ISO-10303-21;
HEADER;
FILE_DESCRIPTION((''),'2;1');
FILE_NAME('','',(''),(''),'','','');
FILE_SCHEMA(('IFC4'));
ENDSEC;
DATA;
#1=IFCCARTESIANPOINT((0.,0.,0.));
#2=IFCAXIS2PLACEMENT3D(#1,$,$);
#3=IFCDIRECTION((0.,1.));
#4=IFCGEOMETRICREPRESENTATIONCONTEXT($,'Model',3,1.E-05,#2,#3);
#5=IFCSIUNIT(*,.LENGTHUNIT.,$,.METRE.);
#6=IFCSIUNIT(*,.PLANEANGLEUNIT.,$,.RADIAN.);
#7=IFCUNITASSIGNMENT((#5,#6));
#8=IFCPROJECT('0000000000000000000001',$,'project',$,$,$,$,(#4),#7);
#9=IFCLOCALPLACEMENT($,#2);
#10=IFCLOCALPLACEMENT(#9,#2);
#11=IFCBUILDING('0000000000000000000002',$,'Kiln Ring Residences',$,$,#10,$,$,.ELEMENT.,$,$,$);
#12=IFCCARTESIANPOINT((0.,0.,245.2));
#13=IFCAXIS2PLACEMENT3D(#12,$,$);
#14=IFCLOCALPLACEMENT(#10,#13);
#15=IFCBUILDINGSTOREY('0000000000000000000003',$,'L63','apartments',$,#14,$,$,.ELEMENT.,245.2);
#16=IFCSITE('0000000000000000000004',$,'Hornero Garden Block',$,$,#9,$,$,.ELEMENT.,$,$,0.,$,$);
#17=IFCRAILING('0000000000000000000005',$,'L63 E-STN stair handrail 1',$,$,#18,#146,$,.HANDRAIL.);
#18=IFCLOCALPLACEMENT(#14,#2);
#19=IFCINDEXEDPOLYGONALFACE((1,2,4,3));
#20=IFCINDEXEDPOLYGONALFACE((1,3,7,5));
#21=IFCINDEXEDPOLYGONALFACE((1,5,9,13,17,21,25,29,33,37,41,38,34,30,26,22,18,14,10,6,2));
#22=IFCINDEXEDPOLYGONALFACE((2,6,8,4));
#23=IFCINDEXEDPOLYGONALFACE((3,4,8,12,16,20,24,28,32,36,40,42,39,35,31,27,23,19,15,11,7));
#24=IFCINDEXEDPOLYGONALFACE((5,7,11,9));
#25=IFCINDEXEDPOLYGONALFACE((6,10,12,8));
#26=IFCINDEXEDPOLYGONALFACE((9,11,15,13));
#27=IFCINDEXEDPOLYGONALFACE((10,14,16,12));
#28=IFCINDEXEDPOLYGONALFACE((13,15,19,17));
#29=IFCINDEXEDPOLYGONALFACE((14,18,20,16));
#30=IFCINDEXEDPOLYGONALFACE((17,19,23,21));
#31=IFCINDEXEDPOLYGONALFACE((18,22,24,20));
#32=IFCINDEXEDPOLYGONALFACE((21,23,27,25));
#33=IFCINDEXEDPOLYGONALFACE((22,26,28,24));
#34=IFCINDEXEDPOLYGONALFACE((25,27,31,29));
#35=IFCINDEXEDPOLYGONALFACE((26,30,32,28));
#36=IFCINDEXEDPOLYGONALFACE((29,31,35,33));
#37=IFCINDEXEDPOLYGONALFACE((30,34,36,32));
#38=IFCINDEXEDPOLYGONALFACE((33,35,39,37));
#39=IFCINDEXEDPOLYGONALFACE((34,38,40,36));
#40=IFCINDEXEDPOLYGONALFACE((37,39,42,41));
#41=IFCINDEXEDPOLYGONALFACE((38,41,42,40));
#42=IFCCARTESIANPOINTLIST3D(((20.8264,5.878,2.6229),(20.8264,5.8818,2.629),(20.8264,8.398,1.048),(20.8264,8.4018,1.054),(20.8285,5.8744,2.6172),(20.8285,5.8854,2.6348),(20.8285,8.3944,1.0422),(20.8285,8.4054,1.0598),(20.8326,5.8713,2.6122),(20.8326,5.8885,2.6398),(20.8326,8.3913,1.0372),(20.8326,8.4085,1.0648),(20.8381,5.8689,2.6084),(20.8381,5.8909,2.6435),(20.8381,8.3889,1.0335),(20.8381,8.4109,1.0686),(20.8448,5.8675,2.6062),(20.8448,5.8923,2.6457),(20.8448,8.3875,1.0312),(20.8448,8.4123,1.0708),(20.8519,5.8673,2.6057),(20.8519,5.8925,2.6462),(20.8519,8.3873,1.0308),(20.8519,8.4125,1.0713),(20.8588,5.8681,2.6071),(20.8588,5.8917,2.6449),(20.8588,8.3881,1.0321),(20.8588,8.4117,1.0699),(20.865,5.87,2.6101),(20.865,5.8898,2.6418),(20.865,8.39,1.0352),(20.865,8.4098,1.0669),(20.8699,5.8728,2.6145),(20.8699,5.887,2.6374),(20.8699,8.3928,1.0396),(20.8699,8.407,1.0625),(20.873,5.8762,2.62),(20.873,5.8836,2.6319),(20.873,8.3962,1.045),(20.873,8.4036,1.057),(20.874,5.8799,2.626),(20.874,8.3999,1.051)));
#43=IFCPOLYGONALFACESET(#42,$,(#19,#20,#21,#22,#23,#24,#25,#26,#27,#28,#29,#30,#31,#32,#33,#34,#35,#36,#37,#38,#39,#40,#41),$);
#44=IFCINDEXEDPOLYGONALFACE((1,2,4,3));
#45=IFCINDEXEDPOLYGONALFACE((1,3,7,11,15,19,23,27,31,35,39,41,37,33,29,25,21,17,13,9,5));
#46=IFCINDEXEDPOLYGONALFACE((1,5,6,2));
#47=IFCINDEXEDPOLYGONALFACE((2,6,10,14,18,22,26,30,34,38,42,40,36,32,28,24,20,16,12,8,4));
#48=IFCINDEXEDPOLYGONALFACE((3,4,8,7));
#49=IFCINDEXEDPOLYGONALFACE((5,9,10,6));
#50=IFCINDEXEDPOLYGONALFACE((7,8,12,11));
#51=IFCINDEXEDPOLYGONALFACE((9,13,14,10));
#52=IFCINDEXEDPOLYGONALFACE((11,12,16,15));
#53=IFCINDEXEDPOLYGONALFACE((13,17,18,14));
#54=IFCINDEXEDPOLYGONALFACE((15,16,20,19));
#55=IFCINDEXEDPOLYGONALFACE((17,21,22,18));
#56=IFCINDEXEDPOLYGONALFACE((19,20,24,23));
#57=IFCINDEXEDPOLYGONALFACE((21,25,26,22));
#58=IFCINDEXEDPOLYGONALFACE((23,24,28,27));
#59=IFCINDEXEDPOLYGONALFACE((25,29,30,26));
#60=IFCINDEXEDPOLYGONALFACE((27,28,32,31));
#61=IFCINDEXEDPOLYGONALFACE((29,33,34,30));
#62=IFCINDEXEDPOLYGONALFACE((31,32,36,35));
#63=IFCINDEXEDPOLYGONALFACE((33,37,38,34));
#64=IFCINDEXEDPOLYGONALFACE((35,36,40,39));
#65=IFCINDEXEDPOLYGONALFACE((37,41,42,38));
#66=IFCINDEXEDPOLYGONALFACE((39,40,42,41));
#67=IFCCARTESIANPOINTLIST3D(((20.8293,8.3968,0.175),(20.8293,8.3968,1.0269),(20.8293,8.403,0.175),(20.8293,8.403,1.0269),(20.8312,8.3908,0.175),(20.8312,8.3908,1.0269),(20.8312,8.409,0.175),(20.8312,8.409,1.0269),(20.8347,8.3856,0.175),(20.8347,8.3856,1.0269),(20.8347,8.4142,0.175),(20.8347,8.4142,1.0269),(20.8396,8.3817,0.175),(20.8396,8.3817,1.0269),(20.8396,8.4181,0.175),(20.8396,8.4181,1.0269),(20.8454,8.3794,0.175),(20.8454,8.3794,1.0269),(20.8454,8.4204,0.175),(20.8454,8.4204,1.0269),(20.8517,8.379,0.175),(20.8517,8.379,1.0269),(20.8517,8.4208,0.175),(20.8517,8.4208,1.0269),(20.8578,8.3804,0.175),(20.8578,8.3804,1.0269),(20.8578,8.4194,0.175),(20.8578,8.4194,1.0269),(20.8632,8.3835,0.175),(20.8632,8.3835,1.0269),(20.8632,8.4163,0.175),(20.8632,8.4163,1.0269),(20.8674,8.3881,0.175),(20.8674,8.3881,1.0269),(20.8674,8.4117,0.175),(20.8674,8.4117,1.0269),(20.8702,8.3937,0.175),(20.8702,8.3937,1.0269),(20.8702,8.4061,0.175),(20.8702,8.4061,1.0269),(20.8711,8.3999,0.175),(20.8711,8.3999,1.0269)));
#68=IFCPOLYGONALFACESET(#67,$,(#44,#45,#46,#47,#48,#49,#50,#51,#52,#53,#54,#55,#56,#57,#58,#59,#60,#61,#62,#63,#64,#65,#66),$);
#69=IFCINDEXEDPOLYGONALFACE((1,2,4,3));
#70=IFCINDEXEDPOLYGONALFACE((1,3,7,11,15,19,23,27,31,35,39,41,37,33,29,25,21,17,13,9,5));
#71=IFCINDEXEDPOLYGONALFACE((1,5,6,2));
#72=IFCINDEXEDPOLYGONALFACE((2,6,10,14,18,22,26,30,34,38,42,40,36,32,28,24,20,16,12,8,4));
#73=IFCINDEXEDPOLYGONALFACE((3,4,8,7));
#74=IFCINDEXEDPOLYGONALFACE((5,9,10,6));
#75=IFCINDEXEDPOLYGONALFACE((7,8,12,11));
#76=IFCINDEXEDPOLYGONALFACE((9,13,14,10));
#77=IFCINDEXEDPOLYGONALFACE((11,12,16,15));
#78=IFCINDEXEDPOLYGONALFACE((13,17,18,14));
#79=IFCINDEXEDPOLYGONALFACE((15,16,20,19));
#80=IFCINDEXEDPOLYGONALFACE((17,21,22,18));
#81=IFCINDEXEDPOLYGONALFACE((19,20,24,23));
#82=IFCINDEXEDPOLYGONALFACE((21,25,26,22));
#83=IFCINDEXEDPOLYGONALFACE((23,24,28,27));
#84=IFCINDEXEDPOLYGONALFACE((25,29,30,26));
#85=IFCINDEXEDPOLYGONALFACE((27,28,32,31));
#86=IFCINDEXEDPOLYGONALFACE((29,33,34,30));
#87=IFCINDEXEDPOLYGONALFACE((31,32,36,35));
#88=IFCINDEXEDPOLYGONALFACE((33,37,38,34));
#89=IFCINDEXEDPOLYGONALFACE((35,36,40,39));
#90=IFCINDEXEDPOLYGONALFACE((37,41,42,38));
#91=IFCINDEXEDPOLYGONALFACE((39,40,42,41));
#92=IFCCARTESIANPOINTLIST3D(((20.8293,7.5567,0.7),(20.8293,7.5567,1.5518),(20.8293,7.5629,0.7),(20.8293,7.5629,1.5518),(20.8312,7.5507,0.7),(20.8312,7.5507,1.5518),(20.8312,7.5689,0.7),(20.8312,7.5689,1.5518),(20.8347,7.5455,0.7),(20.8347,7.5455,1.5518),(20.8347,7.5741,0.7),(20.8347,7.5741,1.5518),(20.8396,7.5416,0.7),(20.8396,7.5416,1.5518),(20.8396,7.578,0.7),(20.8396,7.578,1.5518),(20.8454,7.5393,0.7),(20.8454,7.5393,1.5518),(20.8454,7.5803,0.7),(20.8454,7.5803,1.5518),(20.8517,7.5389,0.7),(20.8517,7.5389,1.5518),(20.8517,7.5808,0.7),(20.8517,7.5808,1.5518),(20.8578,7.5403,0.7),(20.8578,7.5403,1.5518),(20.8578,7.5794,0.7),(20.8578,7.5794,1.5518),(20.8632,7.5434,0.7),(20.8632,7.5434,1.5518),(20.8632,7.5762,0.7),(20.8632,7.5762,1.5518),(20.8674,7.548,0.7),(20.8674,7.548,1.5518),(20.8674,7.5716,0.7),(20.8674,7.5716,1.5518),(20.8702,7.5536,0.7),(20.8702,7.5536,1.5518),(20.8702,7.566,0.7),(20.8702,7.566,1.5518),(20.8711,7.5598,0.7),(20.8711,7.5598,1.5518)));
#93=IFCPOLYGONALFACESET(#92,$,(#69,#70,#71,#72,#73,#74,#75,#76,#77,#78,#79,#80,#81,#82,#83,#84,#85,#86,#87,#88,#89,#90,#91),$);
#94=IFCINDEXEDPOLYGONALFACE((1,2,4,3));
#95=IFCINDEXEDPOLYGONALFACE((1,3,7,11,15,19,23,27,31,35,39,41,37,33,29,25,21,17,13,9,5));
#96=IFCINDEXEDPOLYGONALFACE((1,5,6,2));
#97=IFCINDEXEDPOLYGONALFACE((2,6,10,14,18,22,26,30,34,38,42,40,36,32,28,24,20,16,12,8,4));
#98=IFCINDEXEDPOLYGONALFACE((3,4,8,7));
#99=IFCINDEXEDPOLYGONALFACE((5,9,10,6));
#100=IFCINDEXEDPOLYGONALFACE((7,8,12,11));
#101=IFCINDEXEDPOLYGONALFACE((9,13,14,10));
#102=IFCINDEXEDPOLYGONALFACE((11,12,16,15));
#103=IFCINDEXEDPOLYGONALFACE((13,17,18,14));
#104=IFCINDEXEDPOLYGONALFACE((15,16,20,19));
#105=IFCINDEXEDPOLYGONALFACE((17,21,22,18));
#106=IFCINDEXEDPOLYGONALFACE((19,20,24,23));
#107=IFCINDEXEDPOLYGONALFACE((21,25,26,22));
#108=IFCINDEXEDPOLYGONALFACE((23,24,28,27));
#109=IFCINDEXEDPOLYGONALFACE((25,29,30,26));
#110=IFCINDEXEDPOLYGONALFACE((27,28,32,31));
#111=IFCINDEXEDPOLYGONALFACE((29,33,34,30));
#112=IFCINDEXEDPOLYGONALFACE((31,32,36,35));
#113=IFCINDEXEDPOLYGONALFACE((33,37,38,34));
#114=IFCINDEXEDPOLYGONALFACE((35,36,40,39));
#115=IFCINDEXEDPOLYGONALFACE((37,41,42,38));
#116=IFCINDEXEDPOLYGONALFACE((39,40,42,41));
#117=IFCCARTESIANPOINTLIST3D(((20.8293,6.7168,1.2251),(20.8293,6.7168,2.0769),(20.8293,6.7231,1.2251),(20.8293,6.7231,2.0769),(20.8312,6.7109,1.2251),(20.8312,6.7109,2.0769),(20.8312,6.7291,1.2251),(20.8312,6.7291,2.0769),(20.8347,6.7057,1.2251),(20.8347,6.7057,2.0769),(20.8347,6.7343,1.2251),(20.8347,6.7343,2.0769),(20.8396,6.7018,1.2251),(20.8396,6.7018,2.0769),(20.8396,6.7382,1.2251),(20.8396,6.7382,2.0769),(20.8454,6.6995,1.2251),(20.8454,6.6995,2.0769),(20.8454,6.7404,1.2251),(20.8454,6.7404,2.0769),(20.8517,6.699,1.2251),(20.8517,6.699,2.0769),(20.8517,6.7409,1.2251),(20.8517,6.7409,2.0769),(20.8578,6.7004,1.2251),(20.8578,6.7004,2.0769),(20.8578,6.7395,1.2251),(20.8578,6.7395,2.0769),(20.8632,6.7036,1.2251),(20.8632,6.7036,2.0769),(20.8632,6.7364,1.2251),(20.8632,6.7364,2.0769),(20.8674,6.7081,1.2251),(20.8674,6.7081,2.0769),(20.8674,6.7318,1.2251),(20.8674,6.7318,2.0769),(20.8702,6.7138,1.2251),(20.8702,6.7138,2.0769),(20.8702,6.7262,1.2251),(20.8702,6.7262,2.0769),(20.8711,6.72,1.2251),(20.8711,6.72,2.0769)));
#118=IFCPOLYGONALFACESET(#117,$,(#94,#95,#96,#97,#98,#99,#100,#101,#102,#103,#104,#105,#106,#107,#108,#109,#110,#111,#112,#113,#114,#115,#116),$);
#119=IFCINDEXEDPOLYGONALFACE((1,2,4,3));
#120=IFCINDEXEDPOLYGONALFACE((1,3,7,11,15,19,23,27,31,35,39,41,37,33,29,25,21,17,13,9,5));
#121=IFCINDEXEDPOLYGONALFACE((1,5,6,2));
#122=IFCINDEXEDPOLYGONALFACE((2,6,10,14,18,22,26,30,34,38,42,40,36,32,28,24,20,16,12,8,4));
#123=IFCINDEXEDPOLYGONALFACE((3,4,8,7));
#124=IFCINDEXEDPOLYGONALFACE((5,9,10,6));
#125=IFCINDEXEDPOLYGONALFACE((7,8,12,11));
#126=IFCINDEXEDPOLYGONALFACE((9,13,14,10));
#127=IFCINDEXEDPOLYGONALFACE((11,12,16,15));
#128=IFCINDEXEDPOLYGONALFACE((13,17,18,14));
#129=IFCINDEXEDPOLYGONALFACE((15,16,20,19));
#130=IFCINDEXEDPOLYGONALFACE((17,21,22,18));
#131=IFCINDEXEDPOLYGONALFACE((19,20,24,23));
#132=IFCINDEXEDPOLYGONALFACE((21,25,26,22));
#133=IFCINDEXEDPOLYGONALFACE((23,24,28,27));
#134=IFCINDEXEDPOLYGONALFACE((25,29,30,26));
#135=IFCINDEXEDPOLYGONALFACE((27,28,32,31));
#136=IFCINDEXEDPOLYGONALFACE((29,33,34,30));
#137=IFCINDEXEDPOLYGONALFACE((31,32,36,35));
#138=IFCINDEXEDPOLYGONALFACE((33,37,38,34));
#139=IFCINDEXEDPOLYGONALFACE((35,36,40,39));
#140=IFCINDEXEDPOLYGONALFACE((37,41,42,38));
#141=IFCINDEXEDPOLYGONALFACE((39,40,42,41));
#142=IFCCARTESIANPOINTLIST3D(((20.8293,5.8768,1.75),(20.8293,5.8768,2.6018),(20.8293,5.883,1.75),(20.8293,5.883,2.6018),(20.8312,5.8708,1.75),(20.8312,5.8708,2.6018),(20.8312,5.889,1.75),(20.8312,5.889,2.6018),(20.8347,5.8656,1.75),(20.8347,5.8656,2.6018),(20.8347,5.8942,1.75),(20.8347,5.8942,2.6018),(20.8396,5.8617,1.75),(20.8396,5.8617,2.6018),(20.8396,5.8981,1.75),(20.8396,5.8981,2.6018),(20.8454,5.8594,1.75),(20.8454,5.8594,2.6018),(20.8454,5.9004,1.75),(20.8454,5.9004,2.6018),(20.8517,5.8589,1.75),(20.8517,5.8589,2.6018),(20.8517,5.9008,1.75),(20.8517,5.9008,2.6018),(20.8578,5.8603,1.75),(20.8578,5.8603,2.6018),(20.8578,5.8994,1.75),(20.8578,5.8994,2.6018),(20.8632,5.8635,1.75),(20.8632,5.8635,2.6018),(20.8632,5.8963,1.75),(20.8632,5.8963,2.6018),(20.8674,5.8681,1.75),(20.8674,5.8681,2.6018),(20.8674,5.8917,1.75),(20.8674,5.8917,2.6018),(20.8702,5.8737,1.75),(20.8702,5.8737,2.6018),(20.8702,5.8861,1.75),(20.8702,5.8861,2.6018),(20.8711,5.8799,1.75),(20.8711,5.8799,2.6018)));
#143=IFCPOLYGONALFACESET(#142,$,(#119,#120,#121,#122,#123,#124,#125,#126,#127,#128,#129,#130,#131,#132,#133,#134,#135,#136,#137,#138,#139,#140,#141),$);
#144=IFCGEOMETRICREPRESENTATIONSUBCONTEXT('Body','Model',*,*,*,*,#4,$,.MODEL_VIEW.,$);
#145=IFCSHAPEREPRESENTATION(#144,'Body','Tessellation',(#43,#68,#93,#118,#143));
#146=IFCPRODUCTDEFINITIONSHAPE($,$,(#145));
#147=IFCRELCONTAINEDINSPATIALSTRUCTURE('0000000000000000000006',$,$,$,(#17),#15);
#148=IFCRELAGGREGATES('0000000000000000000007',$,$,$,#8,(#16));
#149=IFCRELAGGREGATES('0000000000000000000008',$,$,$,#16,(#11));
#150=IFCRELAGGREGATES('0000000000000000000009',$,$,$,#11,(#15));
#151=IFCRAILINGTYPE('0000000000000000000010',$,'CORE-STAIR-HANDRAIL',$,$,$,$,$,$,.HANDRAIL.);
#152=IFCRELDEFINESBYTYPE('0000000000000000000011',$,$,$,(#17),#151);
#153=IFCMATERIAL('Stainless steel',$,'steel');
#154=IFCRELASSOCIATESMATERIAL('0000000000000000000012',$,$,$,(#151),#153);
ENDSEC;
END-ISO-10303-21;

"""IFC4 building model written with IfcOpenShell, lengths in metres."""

from ifc_helpers import new_model, si_unit, direction, frame, origin, origin_2d, place, context, subcontext, project, spatial, circle, extrude, material, type_object, element, save


model = new_model("IFC4")

# Units and contexts
model_context = context("Model", 3, precision=1e-05, world=origin(), true_north=direction((0.0, 1.0)))
body_context = subcontext(model_context, "Body", "Model", "MODEL_VIEW")
ifc_project = project(units=[si_unit("LENGTHUNIT", "METRE"), si_unit("PLANEANGLEUNIT", "RADIAN")], contexts=[model_context])

# Site, building, storey
site_placement = place(None, origin())
site = spatial("IfcSite", under=ifc_project, at=site_placement, Name="Hornero Garden Block", CompositionType="ELEMENT", RefElevation=0.0)
building_placement = place(site_placement, origin())
building = spatial("IfcBuilding", under=site, at=building_placement, Name="Kiln Ring Residences", CompositionType="ELEMENT")
storey_placement = place(building_placement, frame((0.0, 0.0, 245.2)))
storey = spatial("IfcBuildingStorey", under=building, at=storey_placement, Name="L63", Description="apartments", CompositionType="ELEMENT", Elevation=245.2)

# Railing
ifc_material_1 = material(Name="Stainless steel", Category="steel")
railing_type_1 = type_object("IfcRailingType", Name="CORE-STAIR-HANDRAIL", PredefinedType="HANDRAIL", material=ifc_material_1)
railing_1_placement = place(storey_placement, frame((20.8501, 8.3999, 0.175)))
element("IfcRailing", 1, at=railing_1_placement, inside=storey, type_object=railing_type_1, Name="L63 E-STN stair handrail 1", PredefinedType="HANDRAIL", context=body_context, shape_type="SweptSolid", body=[
    extrude(circle(Radius=0.0239, at=origin_2d()), frame((0.0, 0.0, 0.876), z_axis=(0.0, -0.848008, 0.529984), x_axis=(1.0, 0.0, 0.0)), (0.0, 0.0, 1.0), 2.9717),
    extrude(circle(Radius=0.021, at=origin_2d()), origin(), (0.0, 0.0, 1.0), 0.8518),
    extrude(circle(Radius=0.021, at=origin_2d()), frame((0.0, -0.8401, 0.5249)), (0.0, 0.0, 1.0), 0.8518),
    extrude(circle(Radius=0.021, at=origin_2d()), frame((0.0, -1.6799, 1.05)), (0.0, 0.0, 1.0), 0.8518),
    extrude(circle(Radius=0.021, at=origin_2d()), frame((0.0, -2.52, 1.575)), (0.0, 0.0, 1.0), 0.8518),
])

save(model, "model.ifc")
